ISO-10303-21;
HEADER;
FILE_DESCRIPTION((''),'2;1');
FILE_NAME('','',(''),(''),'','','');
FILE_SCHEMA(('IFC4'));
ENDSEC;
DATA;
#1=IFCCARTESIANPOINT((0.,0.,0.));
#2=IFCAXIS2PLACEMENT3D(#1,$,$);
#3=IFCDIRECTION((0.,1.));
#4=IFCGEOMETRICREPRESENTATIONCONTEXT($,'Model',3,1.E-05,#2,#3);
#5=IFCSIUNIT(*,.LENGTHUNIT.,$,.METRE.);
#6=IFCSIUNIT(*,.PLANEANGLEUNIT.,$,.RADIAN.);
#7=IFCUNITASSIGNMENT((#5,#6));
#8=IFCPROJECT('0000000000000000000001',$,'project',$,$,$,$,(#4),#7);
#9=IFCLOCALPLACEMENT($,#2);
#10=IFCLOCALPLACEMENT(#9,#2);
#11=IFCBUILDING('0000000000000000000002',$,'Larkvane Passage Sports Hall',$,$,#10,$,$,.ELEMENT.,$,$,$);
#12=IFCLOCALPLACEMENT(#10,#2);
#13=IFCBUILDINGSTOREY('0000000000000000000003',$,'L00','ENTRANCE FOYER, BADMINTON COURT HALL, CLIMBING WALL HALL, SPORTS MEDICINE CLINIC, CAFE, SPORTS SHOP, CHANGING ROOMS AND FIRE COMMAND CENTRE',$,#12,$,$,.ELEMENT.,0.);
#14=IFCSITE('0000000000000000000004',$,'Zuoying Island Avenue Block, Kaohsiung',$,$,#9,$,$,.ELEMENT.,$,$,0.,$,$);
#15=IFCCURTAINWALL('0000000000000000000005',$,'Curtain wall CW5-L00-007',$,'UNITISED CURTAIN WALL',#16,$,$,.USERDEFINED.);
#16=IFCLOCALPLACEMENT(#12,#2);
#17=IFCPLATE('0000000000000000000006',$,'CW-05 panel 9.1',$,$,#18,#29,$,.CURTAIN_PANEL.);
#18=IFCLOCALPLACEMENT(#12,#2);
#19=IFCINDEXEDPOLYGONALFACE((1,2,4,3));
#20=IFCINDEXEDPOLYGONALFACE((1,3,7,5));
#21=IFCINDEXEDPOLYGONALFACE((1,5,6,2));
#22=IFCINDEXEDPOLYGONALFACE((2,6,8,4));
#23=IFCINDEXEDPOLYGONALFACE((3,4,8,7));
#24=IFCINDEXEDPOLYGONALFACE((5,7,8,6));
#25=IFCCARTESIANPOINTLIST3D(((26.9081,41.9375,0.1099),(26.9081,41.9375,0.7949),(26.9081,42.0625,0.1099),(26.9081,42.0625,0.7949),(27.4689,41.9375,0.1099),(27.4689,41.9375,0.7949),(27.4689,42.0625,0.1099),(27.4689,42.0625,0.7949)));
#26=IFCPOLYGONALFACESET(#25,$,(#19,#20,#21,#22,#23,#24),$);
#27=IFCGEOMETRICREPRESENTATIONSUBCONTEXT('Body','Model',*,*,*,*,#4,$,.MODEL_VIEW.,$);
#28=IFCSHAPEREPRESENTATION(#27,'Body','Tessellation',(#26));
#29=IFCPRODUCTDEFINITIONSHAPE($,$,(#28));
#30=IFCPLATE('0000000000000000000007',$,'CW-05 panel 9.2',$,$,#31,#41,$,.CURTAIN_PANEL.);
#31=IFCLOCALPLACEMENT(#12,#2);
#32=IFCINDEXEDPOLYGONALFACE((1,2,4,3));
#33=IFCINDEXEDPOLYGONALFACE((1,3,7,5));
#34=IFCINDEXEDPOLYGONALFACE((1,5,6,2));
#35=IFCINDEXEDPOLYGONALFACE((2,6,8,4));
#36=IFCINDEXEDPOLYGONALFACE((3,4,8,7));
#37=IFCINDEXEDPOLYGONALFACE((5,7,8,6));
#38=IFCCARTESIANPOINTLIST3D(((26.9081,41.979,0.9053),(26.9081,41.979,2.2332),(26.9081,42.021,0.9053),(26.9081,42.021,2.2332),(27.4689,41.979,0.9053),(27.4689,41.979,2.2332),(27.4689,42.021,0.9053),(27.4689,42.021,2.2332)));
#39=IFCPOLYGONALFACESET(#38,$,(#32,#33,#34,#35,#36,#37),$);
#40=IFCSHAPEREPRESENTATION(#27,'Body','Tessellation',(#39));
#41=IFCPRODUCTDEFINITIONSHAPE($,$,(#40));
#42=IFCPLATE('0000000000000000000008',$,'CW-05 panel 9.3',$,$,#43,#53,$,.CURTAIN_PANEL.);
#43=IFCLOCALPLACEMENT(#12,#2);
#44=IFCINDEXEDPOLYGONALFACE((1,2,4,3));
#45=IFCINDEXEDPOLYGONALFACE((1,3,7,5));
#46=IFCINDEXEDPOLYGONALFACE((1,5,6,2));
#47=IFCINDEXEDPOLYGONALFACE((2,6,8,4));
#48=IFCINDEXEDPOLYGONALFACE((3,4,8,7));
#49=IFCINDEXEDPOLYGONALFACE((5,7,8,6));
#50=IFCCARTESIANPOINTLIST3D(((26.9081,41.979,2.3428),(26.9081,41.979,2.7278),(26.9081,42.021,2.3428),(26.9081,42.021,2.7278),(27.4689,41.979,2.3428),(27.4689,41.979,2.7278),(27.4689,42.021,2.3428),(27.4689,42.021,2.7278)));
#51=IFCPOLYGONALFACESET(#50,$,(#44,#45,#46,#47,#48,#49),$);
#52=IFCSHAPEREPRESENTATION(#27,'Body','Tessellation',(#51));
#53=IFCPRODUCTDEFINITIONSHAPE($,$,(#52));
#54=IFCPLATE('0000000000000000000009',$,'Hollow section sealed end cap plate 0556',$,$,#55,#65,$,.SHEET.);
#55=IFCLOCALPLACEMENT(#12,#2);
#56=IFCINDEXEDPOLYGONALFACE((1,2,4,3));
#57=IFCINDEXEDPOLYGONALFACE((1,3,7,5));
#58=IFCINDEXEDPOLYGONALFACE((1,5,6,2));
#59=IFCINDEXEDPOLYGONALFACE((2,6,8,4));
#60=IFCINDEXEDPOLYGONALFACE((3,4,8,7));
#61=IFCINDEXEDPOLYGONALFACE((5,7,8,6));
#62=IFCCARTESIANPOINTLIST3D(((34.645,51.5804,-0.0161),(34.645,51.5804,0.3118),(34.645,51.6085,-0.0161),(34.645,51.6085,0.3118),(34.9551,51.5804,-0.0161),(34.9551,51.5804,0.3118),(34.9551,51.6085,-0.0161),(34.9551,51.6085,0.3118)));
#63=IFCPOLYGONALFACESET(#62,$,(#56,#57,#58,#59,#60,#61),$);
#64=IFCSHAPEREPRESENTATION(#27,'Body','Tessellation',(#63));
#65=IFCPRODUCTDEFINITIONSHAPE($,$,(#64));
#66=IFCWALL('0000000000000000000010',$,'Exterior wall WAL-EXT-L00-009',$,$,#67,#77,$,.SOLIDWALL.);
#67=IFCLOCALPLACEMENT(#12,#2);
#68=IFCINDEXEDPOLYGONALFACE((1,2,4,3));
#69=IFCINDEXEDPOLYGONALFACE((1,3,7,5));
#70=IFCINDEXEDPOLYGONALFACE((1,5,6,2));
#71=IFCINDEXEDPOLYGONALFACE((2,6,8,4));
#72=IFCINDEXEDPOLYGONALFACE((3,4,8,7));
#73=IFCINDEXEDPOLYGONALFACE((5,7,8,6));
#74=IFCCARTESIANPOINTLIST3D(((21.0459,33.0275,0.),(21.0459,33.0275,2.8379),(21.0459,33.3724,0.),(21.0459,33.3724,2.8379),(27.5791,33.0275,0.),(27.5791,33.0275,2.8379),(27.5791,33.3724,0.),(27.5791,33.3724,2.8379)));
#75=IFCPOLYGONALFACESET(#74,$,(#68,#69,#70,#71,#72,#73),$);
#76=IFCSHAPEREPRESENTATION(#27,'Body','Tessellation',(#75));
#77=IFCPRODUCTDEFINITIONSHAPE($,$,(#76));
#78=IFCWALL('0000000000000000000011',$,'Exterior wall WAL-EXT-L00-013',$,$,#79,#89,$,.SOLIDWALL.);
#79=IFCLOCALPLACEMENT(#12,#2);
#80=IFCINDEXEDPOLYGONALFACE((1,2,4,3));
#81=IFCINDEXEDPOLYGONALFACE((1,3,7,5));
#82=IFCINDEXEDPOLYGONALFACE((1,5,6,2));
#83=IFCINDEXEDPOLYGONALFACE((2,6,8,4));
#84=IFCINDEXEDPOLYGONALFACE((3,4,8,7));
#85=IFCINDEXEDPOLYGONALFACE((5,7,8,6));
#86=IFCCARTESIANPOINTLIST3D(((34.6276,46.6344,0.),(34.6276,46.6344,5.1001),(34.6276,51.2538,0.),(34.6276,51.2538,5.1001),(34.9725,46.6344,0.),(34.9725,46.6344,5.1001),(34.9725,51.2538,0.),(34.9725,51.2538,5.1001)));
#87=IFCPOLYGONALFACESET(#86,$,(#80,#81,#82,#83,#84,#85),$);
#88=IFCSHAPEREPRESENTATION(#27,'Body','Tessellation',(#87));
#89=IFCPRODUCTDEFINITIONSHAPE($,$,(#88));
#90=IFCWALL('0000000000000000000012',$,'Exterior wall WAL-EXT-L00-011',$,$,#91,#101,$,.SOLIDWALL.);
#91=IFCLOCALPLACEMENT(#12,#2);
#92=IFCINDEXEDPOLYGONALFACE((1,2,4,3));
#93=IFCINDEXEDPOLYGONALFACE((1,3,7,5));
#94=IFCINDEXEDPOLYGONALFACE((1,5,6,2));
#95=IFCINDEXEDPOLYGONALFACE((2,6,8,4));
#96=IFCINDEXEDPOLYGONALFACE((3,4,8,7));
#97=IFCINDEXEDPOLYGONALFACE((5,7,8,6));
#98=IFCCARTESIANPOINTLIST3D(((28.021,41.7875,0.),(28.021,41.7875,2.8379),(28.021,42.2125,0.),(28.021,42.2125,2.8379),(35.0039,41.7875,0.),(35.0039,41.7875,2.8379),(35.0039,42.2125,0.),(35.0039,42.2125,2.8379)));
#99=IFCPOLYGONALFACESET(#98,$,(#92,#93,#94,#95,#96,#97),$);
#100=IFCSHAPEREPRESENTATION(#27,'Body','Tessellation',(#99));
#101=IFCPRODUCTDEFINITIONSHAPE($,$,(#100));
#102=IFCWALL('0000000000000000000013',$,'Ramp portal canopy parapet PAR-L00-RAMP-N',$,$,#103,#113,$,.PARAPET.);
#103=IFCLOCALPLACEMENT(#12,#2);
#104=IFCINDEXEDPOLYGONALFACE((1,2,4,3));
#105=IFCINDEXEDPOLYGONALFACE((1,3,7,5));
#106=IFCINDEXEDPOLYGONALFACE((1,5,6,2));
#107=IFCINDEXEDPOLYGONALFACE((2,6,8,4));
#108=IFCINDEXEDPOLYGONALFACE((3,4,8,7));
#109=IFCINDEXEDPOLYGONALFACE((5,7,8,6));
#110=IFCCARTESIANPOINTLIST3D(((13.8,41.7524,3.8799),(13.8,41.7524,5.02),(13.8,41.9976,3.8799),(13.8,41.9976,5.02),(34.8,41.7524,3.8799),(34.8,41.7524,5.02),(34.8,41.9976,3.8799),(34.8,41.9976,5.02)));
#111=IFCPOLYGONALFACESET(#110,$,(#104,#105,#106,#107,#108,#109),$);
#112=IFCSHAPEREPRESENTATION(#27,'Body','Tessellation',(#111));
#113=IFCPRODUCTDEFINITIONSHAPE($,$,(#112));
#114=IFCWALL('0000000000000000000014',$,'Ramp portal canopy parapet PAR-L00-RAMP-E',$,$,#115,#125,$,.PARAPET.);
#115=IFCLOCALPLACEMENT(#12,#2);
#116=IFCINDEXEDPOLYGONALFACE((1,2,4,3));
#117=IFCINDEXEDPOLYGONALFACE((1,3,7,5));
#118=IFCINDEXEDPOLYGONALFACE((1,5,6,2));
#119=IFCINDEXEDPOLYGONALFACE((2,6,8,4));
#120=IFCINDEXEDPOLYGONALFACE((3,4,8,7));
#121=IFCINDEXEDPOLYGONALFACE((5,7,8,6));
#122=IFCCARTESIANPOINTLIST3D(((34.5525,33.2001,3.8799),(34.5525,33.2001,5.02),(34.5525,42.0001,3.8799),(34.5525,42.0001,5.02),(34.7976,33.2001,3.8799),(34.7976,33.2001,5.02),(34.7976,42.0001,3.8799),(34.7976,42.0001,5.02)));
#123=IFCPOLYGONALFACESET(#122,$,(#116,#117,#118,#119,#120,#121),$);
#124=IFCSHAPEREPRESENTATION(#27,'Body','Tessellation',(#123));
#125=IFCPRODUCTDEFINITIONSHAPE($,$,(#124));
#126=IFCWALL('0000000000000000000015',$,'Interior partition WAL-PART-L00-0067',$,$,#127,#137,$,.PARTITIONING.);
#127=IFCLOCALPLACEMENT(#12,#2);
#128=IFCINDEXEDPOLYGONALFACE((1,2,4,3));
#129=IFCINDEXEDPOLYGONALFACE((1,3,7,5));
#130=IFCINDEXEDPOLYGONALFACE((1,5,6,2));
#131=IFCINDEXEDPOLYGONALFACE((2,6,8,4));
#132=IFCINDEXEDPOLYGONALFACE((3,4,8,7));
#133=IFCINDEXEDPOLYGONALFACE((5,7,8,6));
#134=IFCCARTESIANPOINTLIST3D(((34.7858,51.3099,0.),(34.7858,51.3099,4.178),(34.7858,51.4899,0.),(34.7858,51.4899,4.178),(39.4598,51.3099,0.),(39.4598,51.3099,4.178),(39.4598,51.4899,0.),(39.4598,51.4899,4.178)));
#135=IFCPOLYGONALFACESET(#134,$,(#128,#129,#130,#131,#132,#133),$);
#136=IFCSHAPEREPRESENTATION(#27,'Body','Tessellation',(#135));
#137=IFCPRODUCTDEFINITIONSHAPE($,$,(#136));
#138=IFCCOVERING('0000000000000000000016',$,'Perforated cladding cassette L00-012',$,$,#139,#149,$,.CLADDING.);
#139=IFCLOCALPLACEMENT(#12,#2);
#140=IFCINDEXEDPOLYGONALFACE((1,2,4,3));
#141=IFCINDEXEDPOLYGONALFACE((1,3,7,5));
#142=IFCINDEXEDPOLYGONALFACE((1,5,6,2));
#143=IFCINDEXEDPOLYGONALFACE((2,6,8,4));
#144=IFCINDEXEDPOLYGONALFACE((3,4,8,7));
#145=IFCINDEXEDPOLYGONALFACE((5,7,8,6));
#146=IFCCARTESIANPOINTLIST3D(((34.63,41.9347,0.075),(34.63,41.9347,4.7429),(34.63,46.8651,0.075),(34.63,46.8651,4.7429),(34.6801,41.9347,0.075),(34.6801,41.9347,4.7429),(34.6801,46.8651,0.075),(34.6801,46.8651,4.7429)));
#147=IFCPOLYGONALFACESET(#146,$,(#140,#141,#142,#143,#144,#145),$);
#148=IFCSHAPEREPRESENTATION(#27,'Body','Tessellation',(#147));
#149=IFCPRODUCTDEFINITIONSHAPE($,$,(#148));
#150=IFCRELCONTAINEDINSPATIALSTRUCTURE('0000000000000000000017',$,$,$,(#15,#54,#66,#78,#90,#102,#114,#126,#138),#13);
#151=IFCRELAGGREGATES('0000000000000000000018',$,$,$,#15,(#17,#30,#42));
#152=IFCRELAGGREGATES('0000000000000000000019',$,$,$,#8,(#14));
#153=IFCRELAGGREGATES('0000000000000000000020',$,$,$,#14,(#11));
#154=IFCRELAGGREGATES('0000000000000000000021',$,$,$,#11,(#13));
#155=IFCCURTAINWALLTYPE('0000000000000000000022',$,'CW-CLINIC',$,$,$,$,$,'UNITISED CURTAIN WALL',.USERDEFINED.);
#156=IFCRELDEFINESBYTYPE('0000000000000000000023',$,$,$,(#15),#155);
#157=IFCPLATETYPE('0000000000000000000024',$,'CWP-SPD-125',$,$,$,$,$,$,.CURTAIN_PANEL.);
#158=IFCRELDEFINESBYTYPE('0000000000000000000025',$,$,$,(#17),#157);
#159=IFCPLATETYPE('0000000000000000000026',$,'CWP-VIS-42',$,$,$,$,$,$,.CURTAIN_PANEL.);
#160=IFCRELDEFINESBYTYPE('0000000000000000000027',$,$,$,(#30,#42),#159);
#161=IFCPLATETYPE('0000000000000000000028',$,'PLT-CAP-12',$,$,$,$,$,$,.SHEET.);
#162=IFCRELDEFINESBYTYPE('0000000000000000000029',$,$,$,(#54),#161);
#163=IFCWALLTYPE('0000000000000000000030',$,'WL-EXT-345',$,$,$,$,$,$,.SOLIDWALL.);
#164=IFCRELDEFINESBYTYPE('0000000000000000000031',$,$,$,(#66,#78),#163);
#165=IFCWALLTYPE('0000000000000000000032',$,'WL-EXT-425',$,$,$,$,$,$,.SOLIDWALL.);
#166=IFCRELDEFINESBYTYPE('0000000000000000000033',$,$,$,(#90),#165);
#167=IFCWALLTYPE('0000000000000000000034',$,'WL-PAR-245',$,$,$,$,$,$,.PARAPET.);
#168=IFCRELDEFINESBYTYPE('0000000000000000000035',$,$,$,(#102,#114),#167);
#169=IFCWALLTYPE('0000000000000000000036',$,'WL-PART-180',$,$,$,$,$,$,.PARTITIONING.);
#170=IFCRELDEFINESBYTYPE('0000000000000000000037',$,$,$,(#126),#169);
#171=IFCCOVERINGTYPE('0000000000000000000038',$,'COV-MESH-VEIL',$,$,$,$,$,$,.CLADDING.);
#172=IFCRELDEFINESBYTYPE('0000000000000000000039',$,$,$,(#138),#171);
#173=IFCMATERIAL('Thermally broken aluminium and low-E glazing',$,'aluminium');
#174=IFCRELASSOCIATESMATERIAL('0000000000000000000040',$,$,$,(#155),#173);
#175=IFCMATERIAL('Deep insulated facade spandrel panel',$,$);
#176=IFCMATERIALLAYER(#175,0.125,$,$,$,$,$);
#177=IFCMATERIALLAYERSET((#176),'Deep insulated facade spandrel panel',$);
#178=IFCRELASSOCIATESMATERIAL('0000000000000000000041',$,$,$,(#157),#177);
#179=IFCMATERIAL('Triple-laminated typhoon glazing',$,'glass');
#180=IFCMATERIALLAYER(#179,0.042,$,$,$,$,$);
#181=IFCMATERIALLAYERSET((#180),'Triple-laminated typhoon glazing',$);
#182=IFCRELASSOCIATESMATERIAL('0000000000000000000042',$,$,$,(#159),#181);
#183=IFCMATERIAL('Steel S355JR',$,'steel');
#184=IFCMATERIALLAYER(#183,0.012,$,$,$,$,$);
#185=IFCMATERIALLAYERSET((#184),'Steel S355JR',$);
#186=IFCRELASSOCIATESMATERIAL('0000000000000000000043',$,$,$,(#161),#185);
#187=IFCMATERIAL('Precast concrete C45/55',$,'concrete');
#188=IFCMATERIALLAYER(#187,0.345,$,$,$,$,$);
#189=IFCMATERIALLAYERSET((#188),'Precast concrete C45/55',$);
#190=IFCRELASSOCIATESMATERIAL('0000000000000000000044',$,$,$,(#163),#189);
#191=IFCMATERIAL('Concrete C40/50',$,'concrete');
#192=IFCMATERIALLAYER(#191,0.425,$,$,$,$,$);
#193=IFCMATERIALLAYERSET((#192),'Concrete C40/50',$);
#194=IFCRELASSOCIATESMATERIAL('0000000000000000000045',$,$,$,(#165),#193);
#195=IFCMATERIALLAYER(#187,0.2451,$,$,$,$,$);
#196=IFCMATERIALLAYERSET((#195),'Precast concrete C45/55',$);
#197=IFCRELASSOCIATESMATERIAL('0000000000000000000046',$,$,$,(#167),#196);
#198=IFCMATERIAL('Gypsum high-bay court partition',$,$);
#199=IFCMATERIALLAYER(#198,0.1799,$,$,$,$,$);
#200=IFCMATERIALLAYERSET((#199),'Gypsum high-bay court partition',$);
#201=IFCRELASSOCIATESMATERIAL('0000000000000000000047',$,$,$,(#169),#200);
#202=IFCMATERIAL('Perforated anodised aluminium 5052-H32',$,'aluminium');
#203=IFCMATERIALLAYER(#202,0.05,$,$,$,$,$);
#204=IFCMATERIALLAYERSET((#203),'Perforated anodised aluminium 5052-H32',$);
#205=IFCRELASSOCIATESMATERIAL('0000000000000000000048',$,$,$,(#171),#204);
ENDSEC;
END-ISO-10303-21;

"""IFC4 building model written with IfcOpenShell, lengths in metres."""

from ifc_helpers import new_model, si_unit, direction, frame, frame_2d, origin, origin_2d, place, context, subcontext, project, spatial, rectangle, extrude, material, layer, layer_set, type_object, element, aggregate, save


model = new_model("IFC4")

# Units and contexts
model_context = context("Model", 3, precision=1e-05, world=origin(), true_north=direction((0.0, 1.0)))
body_context = subcontext(model_context, "Body", "Model", "MODEL_VIEW")
ifc_project = project(units=[si_unit("LENGTHUNIT", "METRE"), si_unit("PLANEANGLEUNIT", "RADIAN")], contexts=[model_context])

# Site, building, storey
site_placement = place(None, origin())
site = spatial("IfcSite", under=ifc_project, at=site_placement, Name="Zuoying Island Avenue Block, Kaohsiung", CompositionType="ELEMENT", RefElevation=0.0)
building_placement = place(site_placement, origin())
building = spatial("IfcBuilding", under=site, at=building_placement, Name="Larkvane Passage Sports Hall", CompositionType="ELEMENT")
storey_placement = place(building_placement, origin())
storey = spatial("IfcBuildingStorey", under=building, at=storey_placement, Name="L00", Description="ENTRANCE FOYER, BADMINTON COURT HALL, CLIMBING WALL HALL, SPORTS MEDICINE CLINIC, CAFE, SPORTS SHOP, CHANGING ROOMS AND FIRE COMMAND CENTRE", CompositionType="ELEMENT", Elevation=0.0)

# Shared definitions
ifc_material_1 = material(Name="Concrete C40/50", Category="concrete")

# Curtain wall, plates
ifc_material_2 = material(Name="Thermally broken aluminium and low-E glazing", Category="aluminium")
curtain_wall_type = type_object("IfcCurtainWallType", Name="CW-CLINIC", ElementType="UNITISED CURTAIN WALL", PredefinedType="USERDEFINED", material=ifc_material_2)
curtain_wall_placement = place(storey_placement, origin())
curtain_wall = element("IfcCurtainWall", 1, at=curtain_wall_placement, inside=storey, type_object=curtain_wall_type, Name="Curtain wall CW5-L00-007", ObjectType="UNITISED CURTAIN WALL", PredefinedType="USERDEFINED")
ifc_material_3 = material(Name="Deep insulated facade spandrel panel")
ifc_layer_1 = layer(ifc_material_3, 0.125)
ifc_layer_set_1 = layer_set([ifc_layer_1], Name="Deep insulated facade spandrel panel")
plate_type_1 = type_object("IfcPlateType", Name="CWP-SPD-125", PredefinedType="CURTAIN_PANEL", material=ifc_layer_set_1)
plate_1_placement = place(storey_placement, frame((27.1885, 42.0, 0.1099), z_axis=(0.0, 0.0, 1.0), x_axis=(1.0, 0.0, 0.0)))
plate_1 = element("IfcPlate", 2, at=plate_1_placement, type_object=plate_type_1, Name="CW-05 panel 9.1", PredefinedType="CURTAIN_PANEL", context=body_context, shape_type="SweptSolid", body=[
    extrude(rectangle(XDim=0.5608, YDim=0.125, at=origin_2d()), origin(), (0.0, 0.0, 1.0), 0.6851),
])
ifc_material_4 = material(Name="Triple-laminated typhoon glazing", Category="glass")
ifc_layer_2 = layer(ifc_material_4, 0.042)
ifc_layer_set_2 = layer_set([ifc_layer_2], Name="Triple-laminated typhoon glazing")
plate_type_2 = type_object("IfcPlateType", Name="CWP-VIS-42", PredefinedType="CURTAIN_PANEL", material=ifc_layer_set_2)
plate_2_placement = place(storey_placement, frame((27.1885, 42.0, 0.9053), z_axis=(0.0, 0.0, 1.0), x_axis=(1.0, 0.0, 0.0)))
plate_2 = element("IfcPlate", 3, at=plate_2_placement, type_object=plate_type_2, Name="CW-05 panel 9.2", PredefinedType="CURTAIN_PANEL", context=body_context, shape_type="SweptSolid", body=[
    extrude(rectangle(XDim=0.5608, YDim=0.042, at=origin_2d()), origin(), (0.0, 0.0, 1.0), 1.3279),
])
plate_3_placement = place(storey_placement, frame((27.1885, 42.0, 2.3428), z_axis=(0.0, 0.0, 1.0), x_axis=(1.0, 0.0, 0.0)))
plate_3 = element("IfcPlate", 4, at=plate_3_placement, type_object=plate_type_2, Name="CW-05 panel 9.3", PredefinedType="CURTAIN_PANEL", context=body_context, shape_type="SweptSolid", body=[
    extrude(rectangle(XDim=0.5608, YDim=0.042, at=origin_2d()), origin(), (0.0, 0.0, 1.0), 0.385),
])
aggregate(curtain_wall, [plate_1, plate_2, plate_3])

# Plate
ifc_material_5 = material(Name="Steel S355JR", Category="steel")
ifc_layer_3 = layer(ifc_material_5, 0.012)
ifc_layer_set_3 = layer_set([ifc_layer_3], Name="Steel S355JR")
plate_type_3 = type_object("IfcPlateType", Name="PLT-CAP-12", PredefinedType="SHEET", material=ifc_layer_set_3)
plate_4_placement = place(storey_placement, frame((34.8, 51.5945, -0.0161), z_axis=(0.0, 0.0, 1.0), x_axis=(-1.0, 0.0, 0.0)))
element("IfcPlate", 5, at=plate_4_placement, inside=storey, type_object=plate_type_3, Name="Hollow section sealed end cap plate 0556", PredefinedType="SHEET", context=body_context, shape_type="SweptSolid", body=[
    extrude(rectangle(XDim=0.3101, YDim=0.0281, at=origin_2d()), origin(), (0.0, 0.0, 1.0), 0.3279),
])

# Walls
ifc_material_6 = material(Name="Precast concrete C45/55", Category="concrete")
ifc_layer_4 = layer(ifc_material_6, 0.345)
ifc_layer_set_4 = layer_set([ifc_layer_4], Name="Precast concrete C45/55")
wall_type_1 = type_object("IfcWallType", Name="WL-EXT-345", PredefinedType="SOLIDWALL", material=ifc_layer_set_4)
wall_1_placement = place(storey_placement, frame((27.5791, 33.2, 0.0), z_axis=(0.0, 0.0, 1.0), x_axis=(-1.0, 0.0, 0.0)))
element("IfcWall", 6, at=wall_1_placement, inside=storey, type_object=wall_type_1, Name="Exterior wall WAL-EXT-L00-009", PredefinedType="SOLIDWALL", context=body_context, shape_type="SweptSolid", body=[
    extrude(rectangle(XDim=6.5332, YDim=0.345, at=frame_2d((3.2666, 0.0))), origin(), (0.0, 0.0, 1.0), 2.8379),
])
wall_2_placement = place(storey_placement, frame((34.8, 46.6345, 0.0), z_axis=(0.0, 0.0, 1.0), x_axis=(0.0, 1.0, 0.0)))
element("IfcWall", 7, at=wall_2_placement, inside=storey, type_object=wall_type_1, Name="Exterior wall WAL-EXT-L00-013", PredefinedType="SOLIDWALL", context=body_context, shape_type="SweptSolid", body=[
    extrude(rectangle(XDim=4.6194, YDim=0.345, at=frame_2d((2.3096, 0.0))), origin(), (0.0, 0.0, 1.0), 5.1001),
])
ifc_layer_5 = layer(ifc_material_1, 0.425)
ifc_layer_set_5 = layer_set([ifc_layer_5], Name="Concrete C40/50")
wall_type_2 = type_object("IfcWallType", Name="WL-EXT-425", PredefinedType="SOLIDWALL", material=ifc_layer_set_5)
wall_3_placement = place(storey_placement, frame((28.021, 42.0, 0.0), z_axis=(0.0, 0.0, 1.0), x_axis=(1.0, 0.0, 0.0)))
element("IfcWall", 8, at=wall_3_placement, inside=storey, type_object=wall_type_2, Name="Exterior wall WAL-EXT-L00-011", PredefinedType="SOLIDWALL", context=body_context, shape_type="SweptSolid", body=[
    extrude(rectangle(XDim=6.9829, YDim=0.425, at=frame_2d((3.4915, 0.0))), origin(), (0.0, 0.0, 1.0), 2.8379),
])
ifc_layer_6 = layer(ifc_material_6, 0.2451)
ifc_layer_set_6 = layer_set([ifc_layer_6], Name="Precast concrete C45/55")
wall_type_3 = type_object("IfcWallType", Name="WL-PAR-245", PredefinedType="PARAPET", material=ifc_layer_set_6)
wall_4_placement = place(storey_placement, frame((34.8, 41.875, 3.8799), z_axis=(0.0, 0.0, 1.0), x_axis=(-1.0, 0.0, 0.0)))
element("IfcWall", 9, at=wall_4_placement, inside=storey, type_object=wall_type_3, Name="Ramp portal canopy parapet PAR-L00-RAMP-N", PredefinedType="PARAPET", context=body_context, shape_type="SweptSolid", body=[
    extrude(rectangle(XDim=21.0, YDim=0.2451, at=frame_2d((10.5, 0.0))), origin(), (0.0, 0.0, 1.0), 1.1401),
])
wall_5_placement = place(storey_placement, frame((34.675, 42.0, 3.8799), z_axis=(0.0, 0.0, 1.0), x_axis=(0.0, -1.0, 0.0)))
element("IfcWall", 10, at=wall_5_placement, inside=storey, type_object=wall_type_3, Name="Ramp portal canopy parapet PAR-L00-RAMP-E", PredefinedType="PARAPET", context=body_context, shape_type="SweptSolid", body=[
    extrude(rectangle(XDim=8.8, YDim=0.2451, at=frame_2d((4.3999, 0.0))), origin(), (0.0, 0.0, 1.0), 1.1401),
])
ifc_material_7 = material(Name="Gypsum high-bay court partition")
ifc_layer_7 = layer(ifc_material_7, 0.1799)
ifc_layer_set_7 = layer_set([ifc_layer_7], Name="Gypsum high-bay court partition")
wall_type_4 = type_object("IfcWallType", Name="WL-PART-180", PredefinedType="PARTITIONING", material=ifc_layer_set_7)
wall_6_placement = place(storey_placement, frame((34.7859, 51.3999, 0.0), z_axis=(0.0, 0.0, 1.0), x_axis=(1.0, 0.0, 0.0)))
element("IfcWall", 11, at=wall_6_placement, inside=storey, type_object=wall_type_4, Name="Interior partition WAL-PART-L00-0067", PredefinedType="PARTITIONING", context=body_context, shape_type="SweptSolid", body=[
    extrude(rectangle(XDim=4.6741, YDim=0.1799, at=frame_2d((2.3369, 0.0))), origin(), (0.0, 0.0, 1.0), 4.178),
])

# Covering
ifc_material_8 = material(Name="Perforated anodised aluminium 5052-H32", Category="aluminium")
ifc_layer_8 = layer(ifc_material_8, 0.05)
ifc_layer_set_8 = layer_set([ifc_layer_8], Name="Perforated anodised aluminium 5052-H32")
covering_type = type_object("IfcCoveringType", Name="COV-MESH-VEIL", PredefinedType="CLADDING", material=ifc_layer_set_8)
covering_placement = place(storey_placement, frame((34.655, 44.3999, 0.075), z_axis=(0.0, 0.0, 1.0), x_axis=(0.0, 1.0, 0.0)))
element("IfcCovering", 12, at=covering_placement, inside=storey, type_object=covering_type, Name="Perforated cladding cassette L00-012", PredefinedType="CLADDING", context=body_context, shape_type="SweptSolid", body=[
    extrude(rectangle(XDim=4.9304, YDim=0.05, at=origin_2d()), origin(), (0.0, 0.0, 1.0), 4.668),
])

save(model, "model.ifc")
